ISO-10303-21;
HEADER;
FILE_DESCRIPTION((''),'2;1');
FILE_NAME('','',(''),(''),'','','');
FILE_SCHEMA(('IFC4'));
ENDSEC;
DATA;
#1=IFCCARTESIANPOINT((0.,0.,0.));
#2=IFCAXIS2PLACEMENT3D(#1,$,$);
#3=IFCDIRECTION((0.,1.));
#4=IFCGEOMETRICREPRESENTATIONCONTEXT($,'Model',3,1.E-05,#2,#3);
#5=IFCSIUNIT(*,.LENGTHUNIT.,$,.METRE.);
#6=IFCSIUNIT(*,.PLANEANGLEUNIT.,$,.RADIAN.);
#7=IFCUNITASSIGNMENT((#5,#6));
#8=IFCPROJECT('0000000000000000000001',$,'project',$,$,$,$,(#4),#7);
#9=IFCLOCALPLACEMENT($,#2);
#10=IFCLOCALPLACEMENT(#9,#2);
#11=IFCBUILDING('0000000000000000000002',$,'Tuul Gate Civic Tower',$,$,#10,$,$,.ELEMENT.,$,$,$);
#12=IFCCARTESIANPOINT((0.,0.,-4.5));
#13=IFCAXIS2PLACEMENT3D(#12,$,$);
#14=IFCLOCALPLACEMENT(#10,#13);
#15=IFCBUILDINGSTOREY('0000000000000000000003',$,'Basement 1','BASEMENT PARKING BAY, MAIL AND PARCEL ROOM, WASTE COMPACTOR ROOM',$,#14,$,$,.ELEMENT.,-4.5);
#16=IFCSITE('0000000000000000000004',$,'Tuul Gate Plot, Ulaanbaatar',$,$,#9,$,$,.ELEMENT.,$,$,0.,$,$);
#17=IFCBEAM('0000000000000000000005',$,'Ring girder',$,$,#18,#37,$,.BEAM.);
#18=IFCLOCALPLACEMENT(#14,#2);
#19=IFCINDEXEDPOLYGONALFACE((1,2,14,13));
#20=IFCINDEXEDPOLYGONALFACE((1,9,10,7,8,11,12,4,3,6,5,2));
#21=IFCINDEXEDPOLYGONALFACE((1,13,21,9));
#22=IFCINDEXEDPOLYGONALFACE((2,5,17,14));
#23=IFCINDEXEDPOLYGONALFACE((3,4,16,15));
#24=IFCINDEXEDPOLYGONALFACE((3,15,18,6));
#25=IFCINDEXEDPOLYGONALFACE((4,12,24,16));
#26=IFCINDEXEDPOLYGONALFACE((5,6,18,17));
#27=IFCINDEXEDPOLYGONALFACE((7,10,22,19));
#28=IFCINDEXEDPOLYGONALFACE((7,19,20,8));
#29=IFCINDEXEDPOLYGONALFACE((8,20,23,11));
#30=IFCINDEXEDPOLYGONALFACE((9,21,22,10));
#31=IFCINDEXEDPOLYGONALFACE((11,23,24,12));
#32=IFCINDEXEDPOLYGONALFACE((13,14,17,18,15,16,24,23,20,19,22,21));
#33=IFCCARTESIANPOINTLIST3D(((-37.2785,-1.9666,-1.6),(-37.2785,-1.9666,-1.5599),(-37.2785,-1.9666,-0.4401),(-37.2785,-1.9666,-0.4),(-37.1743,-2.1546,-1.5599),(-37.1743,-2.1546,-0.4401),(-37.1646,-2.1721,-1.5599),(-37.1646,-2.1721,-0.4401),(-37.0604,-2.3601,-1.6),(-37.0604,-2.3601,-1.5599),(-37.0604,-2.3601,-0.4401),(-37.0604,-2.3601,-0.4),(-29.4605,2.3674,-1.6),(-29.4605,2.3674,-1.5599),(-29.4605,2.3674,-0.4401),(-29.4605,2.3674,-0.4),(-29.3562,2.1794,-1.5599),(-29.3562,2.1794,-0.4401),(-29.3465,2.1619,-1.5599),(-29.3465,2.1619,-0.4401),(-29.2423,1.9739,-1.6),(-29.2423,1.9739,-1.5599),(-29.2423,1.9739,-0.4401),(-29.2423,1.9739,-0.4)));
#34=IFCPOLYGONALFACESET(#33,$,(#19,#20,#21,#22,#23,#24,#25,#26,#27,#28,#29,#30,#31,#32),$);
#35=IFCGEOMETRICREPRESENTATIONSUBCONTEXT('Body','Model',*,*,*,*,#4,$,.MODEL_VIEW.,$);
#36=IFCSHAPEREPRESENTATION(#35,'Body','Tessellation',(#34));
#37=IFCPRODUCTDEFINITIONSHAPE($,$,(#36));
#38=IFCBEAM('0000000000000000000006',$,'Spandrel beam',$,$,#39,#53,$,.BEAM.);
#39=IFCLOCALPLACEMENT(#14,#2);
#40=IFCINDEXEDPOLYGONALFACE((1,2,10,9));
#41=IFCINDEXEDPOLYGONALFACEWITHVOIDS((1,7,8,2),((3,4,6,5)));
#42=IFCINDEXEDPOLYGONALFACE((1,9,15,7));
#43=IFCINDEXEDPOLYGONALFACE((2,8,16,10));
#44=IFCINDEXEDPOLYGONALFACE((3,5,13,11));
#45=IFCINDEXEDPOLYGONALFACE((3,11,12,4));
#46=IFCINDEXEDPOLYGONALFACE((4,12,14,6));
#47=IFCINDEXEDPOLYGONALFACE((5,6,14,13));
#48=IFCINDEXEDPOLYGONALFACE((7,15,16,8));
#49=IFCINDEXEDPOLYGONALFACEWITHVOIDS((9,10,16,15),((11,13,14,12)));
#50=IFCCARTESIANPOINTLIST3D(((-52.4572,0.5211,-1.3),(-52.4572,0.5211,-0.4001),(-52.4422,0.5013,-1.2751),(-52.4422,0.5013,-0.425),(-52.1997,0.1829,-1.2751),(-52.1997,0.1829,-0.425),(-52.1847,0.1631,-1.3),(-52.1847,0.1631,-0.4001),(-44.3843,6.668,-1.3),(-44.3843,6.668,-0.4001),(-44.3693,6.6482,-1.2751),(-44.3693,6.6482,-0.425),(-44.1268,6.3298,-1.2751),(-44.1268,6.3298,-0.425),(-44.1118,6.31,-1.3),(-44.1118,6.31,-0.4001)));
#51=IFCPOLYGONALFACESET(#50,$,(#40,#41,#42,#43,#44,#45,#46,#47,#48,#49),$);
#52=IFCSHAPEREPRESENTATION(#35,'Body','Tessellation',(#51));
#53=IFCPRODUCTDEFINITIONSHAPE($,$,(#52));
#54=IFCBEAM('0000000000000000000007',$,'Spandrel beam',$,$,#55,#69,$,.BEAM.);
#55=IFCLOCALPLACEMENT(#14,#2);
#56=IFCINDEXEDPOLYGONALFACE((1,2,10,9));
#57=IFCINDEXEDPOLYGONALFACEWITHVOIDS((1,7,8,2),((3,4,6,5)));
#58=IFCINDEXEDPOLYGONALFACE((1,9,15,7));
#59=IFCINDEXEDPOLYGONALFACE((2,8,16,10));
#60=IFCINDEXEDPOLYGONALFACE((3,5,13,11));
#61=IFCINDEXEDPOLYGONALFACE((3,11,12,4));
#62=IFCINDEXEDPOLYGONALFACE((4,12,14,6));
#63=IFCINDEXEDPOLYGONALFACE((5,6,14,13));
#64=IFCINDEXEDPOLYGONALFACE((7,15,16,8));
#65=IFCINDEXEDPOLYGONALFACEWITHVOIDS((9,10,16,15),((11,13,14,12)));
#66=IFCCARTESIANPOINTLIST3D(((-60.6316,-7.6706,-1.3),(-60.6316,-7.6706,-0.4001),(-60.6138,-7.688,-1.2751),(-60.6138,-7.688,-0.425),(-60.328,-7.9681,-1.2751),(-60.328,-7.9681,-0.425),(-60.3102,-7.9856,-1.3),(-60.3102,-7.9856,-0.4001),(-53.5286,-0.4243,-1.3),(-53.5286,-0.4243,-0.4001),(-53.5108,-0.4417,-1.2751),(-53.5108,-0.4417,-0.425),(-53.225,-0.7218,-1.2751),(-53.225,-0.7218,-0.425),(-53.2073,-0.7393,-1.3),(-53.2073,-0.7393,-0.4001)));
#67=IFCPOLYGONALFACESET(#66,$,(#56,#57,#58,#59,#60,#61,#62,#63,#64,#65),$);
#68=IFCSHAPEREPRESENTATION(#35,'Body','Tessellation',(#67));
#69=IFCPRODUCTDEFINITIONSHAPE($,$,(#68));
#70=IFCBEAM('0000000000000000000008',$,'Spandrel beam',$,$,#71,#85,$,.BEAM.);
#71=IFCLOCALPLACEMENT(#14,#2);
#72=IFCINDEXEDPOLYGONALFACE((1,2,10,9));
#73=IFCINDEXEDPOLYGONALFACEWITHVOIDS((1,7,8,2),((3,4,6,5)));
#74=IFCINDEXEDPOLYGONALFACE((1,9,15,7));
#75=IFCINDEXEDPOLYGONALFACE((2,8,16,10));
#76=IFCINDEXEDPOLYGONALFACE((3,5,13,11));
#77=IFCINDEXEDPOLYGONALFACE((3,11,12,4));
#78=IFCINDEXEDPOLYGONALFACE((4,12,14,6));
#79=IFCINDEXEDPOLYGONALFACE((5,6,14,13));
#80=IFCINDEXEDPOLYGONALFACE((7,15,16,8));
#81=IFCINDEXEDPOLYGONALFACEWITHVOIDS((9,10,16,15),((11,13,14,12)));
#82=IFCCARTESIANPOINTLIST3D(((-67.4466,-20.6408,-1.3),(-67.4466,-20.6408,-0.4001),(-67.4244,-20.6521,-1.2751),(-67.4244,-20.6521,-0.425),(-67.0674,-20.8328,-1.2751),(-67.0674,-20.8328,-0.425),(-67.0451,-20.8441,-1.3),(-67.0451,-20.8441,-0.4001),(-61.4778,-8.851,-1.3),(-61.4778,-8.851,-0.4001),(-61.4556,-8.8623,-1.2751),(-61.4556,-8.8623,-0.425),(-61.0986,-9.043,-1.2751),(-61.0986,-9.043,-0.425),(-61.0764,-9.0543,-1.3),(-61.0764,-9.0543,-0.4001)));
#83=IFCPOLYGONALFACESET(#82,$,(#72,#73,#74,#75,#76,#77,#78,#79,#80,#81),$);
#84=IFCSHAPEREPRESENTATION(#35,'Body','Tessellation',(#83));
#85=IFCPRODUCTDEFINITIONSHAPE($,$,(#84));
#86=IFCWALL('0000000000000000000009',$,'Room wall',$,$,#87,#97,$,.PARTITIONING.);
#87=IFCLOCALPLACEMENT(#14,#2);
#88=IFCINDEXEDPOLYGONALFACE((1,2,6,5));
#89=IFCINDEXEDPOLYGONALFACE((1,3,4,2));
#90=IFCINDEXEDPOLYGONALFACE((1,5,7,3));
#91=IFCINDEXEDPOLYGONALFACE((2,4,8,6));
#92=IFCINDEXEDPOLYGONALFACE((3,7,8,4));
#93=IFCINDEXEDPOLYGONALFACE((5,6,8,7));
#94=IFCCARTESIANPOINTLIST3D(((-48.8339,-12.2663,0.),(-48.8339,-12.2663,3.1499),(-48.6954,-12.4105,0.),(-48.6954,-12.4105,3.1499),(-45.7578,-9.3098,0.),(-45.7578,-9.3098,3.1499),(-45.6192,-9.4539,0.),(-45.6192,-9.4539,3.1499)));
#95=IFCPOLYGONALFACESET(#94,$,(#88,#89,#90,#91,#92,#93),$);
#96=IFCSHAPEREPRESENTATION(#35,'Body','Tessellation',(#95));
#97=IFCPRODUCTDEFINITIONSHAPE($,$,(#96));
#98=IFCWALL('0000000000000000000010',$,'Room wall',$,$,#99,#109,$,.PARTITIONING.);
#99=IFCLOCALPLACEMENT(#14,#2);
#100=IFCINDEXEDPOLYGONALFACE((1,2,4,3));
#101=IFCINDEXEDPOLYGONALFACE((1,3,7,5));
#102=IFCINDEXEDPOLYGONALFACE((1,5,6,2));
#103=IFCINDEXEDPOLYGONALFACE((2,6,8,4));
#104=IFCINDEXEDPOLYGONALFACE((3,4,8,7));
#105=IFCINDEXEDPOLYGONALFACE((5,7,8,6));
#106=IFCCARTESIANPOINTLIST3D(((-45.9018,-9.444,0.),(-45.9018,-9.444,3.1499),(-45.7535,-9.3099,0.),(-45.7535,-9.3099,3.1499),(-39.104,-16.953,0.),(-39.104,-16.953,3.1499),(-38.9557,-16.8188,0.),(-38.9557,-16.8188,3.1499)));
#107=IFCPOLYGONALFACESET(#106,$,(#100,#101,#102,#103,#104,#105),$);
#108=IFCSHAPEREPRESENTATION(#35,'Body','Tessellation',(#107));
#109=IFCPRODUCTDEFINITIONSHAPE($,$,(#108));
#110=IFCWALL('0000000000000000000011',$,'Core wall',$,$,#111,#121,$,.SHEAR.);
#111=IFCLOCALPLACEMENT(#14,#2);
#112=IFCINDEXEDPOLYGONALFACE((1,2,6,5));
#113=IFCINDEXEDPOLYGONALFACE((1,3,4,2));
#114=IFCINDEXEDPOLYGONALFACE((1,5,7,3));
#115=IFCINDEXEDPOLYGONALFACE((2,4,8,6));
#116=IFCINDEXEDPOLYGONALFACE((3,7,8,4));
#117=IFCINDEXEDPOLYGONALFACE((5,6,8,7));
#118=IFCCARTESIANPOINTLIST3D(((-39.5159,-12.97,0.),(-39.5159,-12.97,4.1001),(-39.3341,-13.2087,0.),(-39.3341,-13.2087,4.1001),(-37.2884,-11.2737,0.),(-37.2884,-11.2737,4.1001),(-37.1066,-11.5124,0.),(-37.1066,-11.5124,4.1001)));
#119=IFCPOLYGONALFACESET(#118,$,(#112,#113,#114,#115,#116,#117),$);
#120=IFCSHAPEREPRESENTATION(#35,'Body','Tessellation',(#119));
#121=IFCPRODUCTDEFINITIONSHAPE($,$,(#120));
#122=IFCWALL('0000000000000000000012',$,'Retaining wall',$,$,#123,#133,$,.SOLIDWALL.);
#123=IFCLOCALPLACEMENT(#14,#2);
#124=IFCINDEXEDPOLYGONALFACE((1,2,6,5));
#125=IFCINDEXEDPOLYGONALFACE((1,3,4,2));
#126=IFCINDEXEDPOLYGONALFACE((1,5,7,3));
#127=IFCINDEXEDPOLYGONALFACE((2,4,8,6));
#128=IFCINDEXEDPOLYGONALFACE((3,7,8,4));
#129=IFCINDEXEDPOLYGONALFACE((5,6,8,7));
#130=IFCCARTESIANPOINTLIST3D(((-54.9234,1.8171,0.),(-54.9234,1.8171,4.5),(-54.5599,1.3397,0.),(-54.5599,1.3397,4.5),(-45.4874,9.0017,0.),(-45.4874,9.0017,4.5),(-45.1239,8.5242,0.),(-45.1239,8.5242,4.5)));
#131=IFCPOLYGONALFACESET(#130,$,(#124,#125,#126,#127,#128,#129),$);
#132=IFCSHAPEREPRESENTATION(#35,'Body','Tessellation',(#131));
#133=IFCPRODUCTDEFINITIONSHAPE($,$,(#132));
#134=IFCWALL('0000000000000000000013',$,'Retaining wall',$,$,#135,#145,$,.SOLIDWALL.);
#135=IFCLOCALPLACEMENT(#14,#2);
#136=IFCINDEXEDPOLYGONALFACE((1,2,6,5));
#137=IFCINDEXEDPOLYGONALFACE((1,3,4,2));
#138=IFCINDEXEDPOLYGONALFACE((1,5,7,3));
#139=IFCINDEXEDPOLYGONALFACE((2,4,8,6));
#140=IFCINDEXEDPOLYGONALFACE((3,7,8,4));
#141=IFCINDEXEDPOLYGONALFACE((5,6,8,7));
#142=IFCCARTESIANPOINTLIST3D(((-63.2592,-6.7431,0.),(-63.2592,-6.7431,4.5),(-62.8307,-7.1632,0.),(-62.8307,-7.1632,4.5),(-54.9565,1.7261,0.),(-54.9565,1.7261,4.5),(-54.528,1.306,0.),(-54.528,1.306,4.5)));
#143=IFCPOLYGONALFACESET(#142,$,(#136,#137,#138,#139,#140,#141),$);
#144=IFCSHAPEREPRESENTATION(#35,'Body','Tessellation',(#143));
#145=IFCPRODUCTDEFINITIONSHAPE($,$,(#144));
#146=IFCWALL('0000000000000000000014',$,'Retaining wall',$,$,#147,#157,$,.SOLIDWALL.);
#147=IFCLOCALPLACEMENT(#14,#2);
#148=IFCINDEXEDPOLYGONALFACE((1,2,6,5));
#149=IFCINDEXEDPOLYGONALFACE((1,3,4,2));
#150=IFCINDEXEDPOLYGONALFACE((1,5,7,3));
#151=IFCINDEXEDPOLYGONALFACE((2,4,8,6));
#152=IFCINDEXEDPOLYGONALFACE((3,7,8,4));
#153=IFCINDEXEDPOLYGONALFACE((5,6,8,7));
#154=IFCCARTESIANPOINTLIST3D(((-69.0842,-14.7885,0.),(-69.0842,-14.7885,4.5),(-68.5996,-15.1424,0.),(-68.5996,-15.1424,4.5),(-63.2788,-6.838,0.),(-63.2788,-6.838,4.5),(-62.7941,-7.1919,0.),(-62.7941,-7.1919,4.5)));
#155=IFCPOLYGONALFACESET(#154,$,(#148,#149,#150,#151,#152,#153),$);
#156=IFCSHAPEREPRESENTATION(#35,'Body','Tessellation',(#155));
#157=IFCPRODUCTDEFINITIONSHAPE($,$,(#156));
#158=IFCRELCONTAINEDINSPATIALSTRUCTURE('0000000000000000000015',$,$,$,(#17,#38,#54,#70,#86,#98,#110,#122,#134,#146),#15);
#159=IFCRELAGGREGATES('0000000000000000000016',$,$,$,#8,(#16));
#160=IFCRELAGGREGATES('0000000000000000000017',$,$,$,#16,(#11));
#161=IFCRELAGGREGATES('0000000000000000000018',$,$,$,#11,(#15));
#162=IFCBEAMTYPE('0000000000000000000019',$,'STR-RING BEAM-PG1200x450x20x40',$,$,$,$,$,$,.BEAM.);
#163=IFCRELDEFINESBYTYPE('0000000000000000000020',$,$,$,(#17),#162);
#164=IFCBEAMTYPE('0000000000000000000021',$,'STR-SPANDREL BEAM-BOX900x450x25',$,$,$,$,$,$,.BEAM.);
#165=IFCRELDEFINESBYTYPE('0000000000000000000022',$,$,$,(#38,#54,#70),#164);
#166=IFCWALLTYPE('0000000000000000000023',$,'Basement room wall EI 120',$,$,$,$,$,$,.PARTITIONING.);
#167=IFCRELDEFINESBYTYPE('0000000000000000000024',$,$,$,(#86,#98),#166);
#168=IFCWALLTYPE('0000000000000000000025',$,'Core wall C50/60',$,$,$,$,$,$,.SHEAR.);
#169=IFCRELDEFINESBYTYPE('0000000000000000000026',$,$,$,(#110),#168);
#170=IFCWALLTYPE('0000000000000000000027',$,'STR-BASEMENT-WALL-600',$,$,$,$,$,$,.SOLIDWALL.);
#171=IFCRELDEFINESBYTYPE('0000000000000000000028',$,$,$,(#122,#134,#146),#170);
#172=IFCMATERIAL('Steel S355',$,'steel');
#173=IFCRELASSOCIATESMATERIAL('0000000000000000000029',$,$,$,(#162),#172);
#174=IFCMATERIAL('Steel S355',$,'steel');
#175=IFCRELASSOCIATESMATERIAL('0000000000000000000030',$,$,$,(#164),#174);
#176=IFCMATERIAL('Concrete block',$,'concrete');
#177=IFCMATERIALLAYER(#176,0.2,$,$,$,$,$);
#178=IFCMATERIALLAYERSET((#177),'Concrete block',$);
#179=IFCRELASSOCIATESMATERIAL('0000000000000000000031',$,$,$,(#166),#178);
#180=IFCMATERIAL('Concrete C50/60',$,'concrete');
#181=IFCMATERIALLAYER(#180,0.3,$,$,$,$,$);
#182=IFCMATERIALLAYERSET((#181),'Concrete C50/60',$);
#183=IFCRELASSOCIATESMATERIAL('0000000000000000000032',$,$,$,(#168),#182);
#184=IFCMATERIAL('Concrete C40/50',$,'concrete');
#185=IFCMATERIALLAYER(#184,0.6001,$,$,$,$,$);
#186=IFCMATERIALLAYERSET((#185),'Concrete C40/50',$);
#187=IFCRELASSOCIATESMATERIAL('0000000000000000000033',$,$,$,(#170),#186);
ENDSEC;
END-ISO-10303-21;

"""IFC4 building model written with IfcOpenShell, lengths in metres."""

from ifc_helpers import new_model, si_unit, direction, frame, frame_2d, origin, origin_2d, place, context, subcontext, project, spatial, rectangle, hollow_rectangle, i_section, extrude, material, layer, layer_set, material_profile, profile_set, type_object, element, save


model = new_model("IFC4")

# Units and contexts
model_context = context("Model", 3, precision=1e-05, world=origin(), true_north=direction((0.0, 1.0)))
body_context = subcontext(model_context, "Body", "Model", "MODEL_VIEW")
ifc_project = project(units=[si_unit("LENGTHUNIT", "METRE"), si_unit("PLANEANGLEUNIT", "RADIAN")], contexts=[model_context])

# Site, building, storey
site_placement = place(None, origin())
site = spatial("IfcSite", under=ifc_project, at=site_placement, Name="Tuul Gate Plot, Ulaanbaatar", CompositionType="ELEMENT", RefElevation=0.0)
building_placement = place(site_placement, origin())
building = spatial("IfcBuilding", under=site, at=building_placement, Name="Tuul Gate Civic Tower", CompositionType="ELEMENT")
storey_placement = place(building_placement, frame((0.0, 0.0, -4.5)))
storey = spatial("IfcBuildingStorey", under=building, at=storey_placement, Name="Basement 1", Description="BASEMENT PARKING BAY, MAIL AND PARCEL ROOM, WASTE COMPACTOR ROOM", CompositionType="ELEMENT", Elevation=-4.5)

# Beams
ifc_material_1 = material(Name="Steel S355", Category="steel")
ifc_material_profile_1 = material_profile(ifc_material_1, i_section(OverallWidth=0.45, OverallDepth=1.2, WebThickness=0.02, FlangeThickness=0.04, at=origin_2d()), Name="PG1200x450x20x40")
ifc_profile_set_1 = profile_set([ifc_material_profile_1], Name="Steel S355")
beam_type_1 = type_object("IfcBeamType", Name="STR-RING BEAM-PG1200x450x20x40", PredefinedType="BEAM", material=ifc_profile_set_1)
beam_1_placement = place(storey_placement, frame((-37.1694, -2.1633, -1.0), z_axis=(0.874604, 0.484838, 0.0), x_axis=(-0.484838, 0.874604, 0.0)))
element("IfcBeam", 1, at=beam_1_placement, inside=storey, type_object=beam_type_1, Name="Ring girder", PredefinedType="BEAM", context=body_context, shape_type="SweptSolid", body=[
    extrude(i_section(OverallWidth=0.45, OverallDepth=1.2, WebThickness=0.02, FlangeThickness=0.04, at=origin_2d()), origin(), (0.0, 0.0, 1.0), 8.939),
])
ifc_material_2 = material(Name="Steel S355", Category="steel")
ifc_material_profile_2 = material_profile(ifc_material_2, hollow_rectangle(XDim=0.45, YDim=0.8999, WallThickness=0.0249, at=origin_2d()), Name="BOX900x450x25")
ifc_profile_set_2 = profile_set([ifc_material_profile_2], Name="Steel S355")
beam_type_2 = type_object("IfcBeamType", Name="STR-SPANDREL BEAM-BOX900x450x25", PredefinedType="BEAM", material=ifc_profile_set_2)
beam_2_placement = place(storey_placement, frame((-44.248, 6.489, -0.8501), z_axis=(-0.795616, -0.605801, 0.0), x_axis=(0.605801, -0.795616, 0.0)))
element("IfcBeam", 2, at=beam_2_placement, inside=storey, type_object=beam_type_2, Name="Spandrel beam", PredefinedType="BEAM", context=body_context, shape_type="SweptSolid", body=[
    extrude(hollow_rectangle(XDim=0.45, YDim=0.8999, WallThickness=0.0249, at=origin_2d()), origin(), (0.0, 0.0, 1.0), 10.1467),
])
beam_3_placement = place(storey_placement, frame((-53.3679, -0.5818, -0.8501), z_axis=(-0.70001, -0.714133, 0.0), x_axis=(0.714133, -0.70001, 0.0)))
element("IfcBeam", 3, at=beam_3_placement, inside=storey, type_object=beam_type_2, Name="Spandrel beam", PredefinedType="BEAM", context=body_context, shape_type="SweptSolid", body=[
    extrude(hollow_rectangle(XDim=0.45, YDim=0.8999, WallThickness=0.0249, at=origin_2d()), origin(), (0.0, 0.0, 1.0), 10.147),
])
beam_4_placement = place(storey_placement, frame((-61.2771, -8.9526, -0.8501), z_axis=(-0.451679, -0.892181, 0.0), x_axis=(0.892181, -0.451679, 0.0)))
element("IfcBeam", 4, at=beam_4_placement, inside=storey, type_object=beam_type_2, Name="Spandrel beam", PredefinedType="BEAM", context=body_context, shape_type="SweptSolid", body=[
    extrude(hollow_rectangle(XDim=0.45, YDim=0.8999, WallThickness=0.0249, at=origin_2d()), origin(), (0.0, 0.0, 1.0), 13.2146),
])

# Walls
ifc_material_3 = material(Name="Concrete block", Category="concrete")
ifc_layer_1 = layer(ifc_material_3, 0.2)
ifc_layer_set_1 = layer_set([ifc_layer_1], Name="Concrete block")
wall_type_1 = type_object("IfcWallType", Name="Basement room wall EI 120", PredefinedType="PARTITIONING", material=ifc_layer_set_1)
wall_1_placement = place(storey_placement, frame((-48.7646, -12.3384, 0.0), z_axis=(0.0, 0.0, 1.0), x_axis=(0.720987, 0.692949, 0.0)))
element("IfcWall", 5, at=wall_1_placement, inside=storey, type_object=wall_type_1, Name="Room wall", PredefinedType="PARTITIONING", context=body_context, shape_type="SweptSolid", body=[
    extrude(rectangle(XDim=4.2666, YDim=0.2, at=frame_2d((2.1333, 0.0))), origin(), (0.0, 0.0, 1.0), 3.1499),
])
wall_2_placement = place(storey_placement, frame((-45.8276, -9.377, 0.0), z_axis=(0.0, 0.0, 1.0), x_axis=(0.671129, -0.741341, 0.0)))
element("IfcWall", 6, at=wall_2_placement, inside=storey, type_object=wall_type_1, Name="Room wall", PredefinedType="PARTITIONING", context=body_context, shape_type="SweptSolid", body=[
    extrude(rectangle(XDim=10.1289, YDim=0.2, at=frame_2d((5.0645, 0.0))), origin(), (0.0, 0.0, 1.0), 3.1499),
])
ifc_material_4 = material(Name="Concrete C50/60", Category="concrete")
ifc_layer_2 = layer(ifc_material_4, 0.3)
ifc_layer_set_2 = layer_set([ifc_layer_2], Name="Concrete C50/60")
wall_type_2 = type_object("IfcWallType", Name="Core wall C50/60", PredefinedType="SHEAR", material=ifc_layer_set_2)
wall_3_placement = place(storey_placement, frame((-37.1975, -11.3931, 0.0), z_axis=(0.0, 0.0, 1.0), x_axis=(-0.795584, -0.605844, 0.0)))
element("IfcWall", 7, at=wall_3_placement, inside=storey, type_object=wall_type_2, Name="Core wall", PredefinedType="SHEAR", context=body_context, shape_type="SweptSolid", body=[
    extrude(rectangle(XDim=2.7998, YDim=0.3, at=frame_2d((1.3999, 0.0))), origin(), (0.0, 0.0, 1.0), 4.1001),
])
ifc_material_5 = material(Name="Concrete C40/50", Category="concrete")
ifc_layer_3 = layer(ifc_material_5, 0.6001)
ifc_layer_set_3 = layer_set([ifc_layer_3], Name="Concrete C40/50")
wall_type_3 = type_object("IfcWallType", Name="STR-BASEMENT-WALL-600", PredefinedType="SOLIDWALL", material=ifc_layer_set_3)
wall_4_placement = place(storey_placement, frame((-45.3057, 8.7629, 0.0), z_axis=(0.0, 0.0, 1.0), x_axis=(-0.795626, -0.605788, 0.0)))
element("IfcWall", 8, at=wall_4_placement, inside=storey, type_object=wall_type_3, Name="Retaining wall", PredefinedType="SOLIDWALL", context=body_context, shape_type="SweptSolid", body=[
    extrude(rectangle(XDim=11.8599, YDim=0.6001, at=frame_2d((5.9299, 0.0))), origin(), (0.0, 0.0, 1.0), 4.5),
])
wall_5_placement = place(storey_placement, frame((-54.7422, 1.5161, 0.0), z_axis=(0.0, 0.0, 1.0), x_axis=(-0.700052, -0.714091, 0.0)))
element("IfcWall", 9, at=wall_5_placement, inside=storey, type_object=wall_type_3, Name="Retaining wall", PredefinedType="SOLIDWALL", context=body_context, shape_type="SweptSolid", body=[
    extrude(rectangle(XDim=11.8601, YDim=0.6001, at=frame_2d((5.9302, 0.0))), origin(), (0.0, 0.0, 1.0), 4.5),
])
wall_6_placement = place(storey_placement, frame((-63.0364, -7.0149, 0.0), z_axis=(0.0, 0.0, 1.0), x_axis=(-0.589717, -0.80761, 0.0)))
element("IfcWall", 10, at=wall_6_placement, inside=storey, type_object=wall_type_3, Name="Retaining wall", PredefinedType="SOLIDWALL", context=body_context, shape_type="SweptSolid", body=[
    extrude(rectangle(XDim=9.8445, YDim=0.6001, at=frame_2d((4.9224, 0.0))), origin(), (0.0, 0.0, 1.0), 4.5),
])

save(model, "model.ifc")
